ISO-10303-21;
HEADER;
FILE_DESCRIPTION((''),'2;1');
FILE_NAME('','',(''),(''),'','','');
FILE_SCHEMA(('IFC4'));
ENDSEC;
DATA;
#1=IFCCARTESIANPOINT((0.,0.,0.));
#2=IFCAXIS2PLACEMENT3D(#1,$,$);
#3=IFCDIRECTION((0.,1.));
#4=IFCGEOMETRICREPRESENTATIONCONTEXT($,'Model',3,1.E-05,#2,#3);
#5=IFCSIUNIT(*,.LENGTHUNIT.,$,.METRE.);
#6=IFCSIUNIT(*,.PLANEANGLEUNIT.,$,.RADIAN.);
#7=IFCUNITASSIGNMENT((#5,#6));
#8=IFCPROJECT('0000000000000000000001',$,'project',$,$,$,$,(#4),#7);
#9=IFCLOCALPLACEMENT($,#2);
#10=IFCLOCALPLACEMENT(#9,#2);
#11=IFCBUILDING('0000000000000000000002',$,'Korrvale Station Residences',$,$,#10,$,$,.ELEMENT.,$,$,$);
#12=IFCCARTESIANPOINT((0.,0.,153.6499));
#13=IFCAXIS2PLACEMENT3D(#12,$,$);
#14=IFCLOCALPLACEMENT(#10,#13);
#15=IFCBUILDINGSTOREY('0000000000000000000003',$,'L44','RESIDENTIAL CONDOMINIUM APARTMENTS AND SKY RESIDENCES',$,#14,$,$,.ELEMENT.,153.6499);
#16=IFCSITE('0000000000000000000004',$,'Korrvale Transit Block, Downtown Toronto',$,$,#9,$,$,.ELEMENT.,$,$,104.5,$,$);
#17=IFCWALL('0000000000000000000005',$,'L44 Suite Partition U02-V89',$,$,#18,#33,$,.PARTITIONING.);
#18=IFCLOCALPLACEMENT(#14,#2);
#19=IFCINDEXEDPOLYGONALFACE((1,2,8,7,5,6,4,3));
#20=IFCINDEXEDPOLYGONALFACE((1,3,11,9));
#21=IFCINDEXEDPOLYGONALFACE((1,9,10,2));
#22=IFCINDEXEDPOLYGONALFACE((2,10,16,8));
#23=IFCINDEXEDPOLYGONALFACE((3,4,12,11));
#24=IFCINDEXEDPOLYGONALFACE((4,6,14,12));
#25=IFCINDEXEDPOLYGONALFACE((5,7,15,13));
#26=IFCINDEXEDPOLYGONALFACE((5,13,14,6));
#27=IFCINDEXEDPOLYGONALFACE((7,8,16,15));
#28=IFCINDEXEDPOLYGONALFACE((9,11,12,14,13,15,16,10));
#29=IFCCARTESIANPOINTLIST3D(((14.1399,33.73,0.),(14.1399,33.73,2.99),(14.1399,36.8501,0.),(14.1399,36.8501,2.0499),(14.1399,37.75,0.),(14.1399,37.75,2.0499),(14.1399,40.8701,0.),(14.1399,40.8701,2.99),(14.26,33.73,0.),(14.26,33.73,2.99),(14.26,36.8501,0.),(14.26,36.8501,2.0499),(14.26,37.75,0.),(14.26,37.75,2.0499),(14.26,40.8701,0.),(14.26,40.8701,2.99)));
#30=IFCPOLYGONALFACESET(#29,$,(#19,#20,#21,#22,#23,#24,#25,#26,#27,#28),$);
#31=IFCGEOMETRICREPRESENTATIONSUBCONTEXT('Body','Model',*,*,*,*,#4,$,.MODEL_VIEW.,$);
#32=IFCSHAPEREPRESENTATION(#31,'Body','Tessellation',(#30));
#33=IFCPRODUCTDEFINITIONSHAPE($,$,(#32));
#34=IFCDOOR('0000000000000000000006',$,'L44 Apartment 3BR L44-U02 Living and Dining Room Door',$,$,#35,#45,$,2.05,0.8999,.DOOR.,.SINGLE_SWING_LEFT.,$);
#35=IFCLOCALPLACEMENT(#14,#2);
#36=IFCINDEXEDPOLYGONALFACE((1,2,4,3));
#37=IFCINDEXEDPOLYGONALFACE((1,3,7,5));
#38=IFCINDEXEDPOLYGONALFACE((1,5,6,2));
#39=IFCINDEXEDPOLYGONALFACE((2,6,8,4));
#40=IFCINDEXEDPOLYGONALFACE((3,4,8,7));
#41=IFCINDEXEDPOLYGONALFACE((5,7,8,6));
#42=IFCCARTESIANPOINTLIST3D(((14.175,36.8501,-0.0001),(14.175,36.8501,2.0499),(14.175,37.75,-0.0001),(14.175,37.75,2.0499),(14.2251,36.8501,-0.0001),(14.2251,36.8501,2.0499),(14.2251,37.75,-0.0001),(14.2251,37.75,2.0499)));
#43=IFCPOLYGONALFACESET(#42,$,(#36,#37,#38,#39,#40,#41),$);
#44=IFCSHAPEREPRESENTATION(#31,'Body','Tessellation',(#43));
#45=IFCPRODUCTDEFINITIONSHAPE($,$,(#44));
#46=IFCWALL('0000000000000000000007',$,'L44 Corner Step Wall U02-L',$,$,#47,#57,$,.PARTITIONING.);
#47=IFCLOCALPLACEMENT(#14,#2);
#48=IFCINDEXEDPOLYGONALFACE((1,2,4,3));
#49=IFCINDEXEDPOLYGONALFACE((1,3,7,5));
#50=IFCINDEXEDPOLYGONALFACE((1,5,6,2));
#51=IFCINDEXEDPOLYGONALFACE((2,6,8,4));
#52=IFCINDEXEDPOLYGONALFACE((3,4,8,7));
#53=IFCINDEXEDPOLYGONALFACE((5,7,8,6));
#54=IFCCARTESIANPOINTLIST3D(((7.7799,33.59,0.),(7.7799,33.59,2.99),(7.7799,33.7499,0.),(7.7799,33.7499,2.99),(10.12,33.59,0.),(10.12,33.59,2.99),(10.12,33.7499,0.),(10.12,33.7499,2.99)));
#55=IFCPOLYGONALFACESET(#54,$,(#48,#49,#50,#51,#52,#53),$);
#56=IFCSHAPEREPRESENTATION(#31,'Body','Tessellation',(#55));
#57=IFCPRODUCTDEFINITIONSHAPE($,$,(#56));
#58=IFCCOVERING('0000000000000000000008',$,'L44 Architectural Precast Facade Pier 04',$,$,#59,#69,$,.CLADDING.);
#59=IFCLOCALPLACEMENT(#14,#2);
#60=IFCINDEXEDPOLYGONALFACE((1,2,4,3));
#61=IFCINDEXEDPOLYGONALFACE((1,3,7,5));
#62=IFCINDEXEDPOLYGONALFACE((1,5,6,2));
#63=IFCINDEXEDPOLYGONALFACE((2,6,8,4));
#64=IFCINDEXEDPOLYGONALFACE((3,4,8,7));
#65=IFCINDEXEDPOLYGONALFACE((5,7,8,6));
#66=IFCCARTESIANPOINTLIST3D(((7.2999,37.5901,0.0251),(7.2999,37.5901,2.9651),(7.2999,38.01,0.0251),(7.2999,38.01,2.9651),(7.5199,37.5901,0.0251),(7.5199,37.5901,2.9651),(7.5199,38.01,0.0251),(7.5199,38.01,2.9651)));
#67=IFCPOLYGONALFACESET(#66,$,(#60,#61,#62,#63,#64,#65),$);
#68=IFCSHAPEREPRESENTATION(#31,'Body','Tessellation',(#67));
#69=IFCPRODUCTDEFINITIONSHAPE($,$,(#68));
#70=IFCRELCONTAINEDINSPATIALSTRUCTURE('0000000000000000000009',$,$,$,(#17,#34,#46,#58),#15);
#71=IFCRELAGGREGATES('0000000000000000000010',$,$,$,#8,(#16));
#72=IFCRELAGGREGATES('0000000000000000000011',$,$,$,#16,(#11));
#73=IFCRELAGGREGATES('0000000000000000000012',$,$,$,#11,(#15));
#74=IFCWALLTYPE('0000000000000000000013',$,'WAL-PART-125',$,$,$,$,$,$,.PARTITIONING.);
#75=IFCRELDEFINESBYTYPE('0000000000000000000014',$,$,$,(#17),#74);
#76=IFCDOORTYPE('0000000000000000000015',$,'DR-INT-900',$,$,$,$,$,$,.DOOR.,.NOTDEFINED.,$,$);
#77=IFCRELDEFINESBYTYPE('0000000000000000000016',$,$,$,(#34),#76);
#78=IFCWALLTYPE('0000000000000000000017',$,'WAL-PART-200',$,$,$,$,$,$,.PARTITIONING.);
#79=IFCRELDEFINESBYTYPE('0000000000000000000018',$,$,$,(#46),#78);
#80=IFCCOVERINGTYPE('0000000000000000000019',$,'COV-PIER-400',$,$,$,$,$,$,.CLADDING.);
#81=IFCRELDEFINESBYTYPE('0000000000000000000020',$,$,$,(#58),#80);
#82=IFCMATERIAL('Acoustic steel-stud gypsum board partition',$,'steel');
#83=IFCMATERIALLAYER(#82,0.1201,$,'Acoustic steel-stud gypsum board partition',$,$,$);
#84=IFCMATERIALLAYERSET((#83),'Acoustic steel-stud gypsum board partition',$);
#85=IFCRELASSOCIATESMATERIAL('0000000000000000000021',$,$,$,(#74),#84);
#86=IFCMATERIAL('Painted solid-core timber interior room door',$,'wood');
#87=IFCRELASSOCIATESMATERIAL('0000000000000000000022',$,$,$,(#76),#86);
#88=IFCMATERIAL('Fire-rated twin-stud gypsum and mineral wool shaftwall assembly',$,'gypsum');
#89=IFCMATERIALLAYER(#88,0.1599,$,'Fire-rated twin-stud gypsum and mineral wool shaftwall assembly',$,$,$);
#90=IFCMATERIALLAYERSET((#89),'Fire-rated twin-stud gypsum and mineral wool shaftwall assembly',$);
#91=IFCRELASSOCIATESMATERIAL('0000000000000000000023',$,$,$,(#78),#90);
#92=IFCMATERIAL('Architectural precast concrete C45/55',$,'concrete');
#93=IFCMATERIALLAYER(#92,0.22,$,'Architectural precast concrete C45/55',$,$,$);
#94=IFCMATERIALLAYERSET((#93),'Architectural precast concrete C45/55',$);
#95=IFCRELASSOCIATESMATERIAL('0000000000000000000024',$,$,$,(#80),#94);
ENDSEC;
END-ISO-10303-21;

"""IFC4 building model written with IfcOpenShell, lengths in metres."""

from ifc_helpers import new_model, si_unit, direction, frame, frame_2d, origin, origin_2d, place, context, subcontext, project, spatial, rectangle, extrude, material, layer, layer_set, type_object, element, fill, save


model = new_model("IFC4")

# Units and contexts
model_context = context("Model", 3, precision=1e-05, world=origin(), true_north=direction((0.0, 1.0)))
body_context = subcontext(model_context, "Body", "Model", "MODEL_VIEW")
ifc_project = project(units=[si_unit("LENGTHUNIT", "METRE"), si_unit("PLANEANGLEUNIT", "RADIAN")], contexts=[model_context])

# Site, building, storey
site_placement = place(None, origin())
site = spatial("IfcSite", under=ifc_project, at=site_placement, Name="Korrvale Transit Block, Downtown Toronto", CompositionType="ELEMENT", RefElevation=104.5)
building_placement = place(site_placement, origin())
building = spatial("IfcBuilding", under=site, at=building_placement, Name="Korrvale Station Residences", CompositionType="ELEMENT")
storey_placement = place(building_placement, frame((0.0, 0.0, 153.6499)))
storey = spatial("IfcBuildingStorey", under=building, at=storey_placement, Name="L44", Description="RESIDENTIAL CONDOMINIUM APARTMENTS AND SKY RESIDENCES", CompositionType="ELEMENT", Elevation=153.6499)

# Shared definitions
ifc_material_1 = material(Name="Acoustic steel-stud gypsum board partition", Category="steel")
ifc_layer_1 = layer(ifc_material_1, 0.1201, Name="Acoustic steel-stud gypsum board partition")
ifc_layer_set_1 = layer_set([ifc_layer_1], Name="Acoustic steel-stud gypsum board partition")
wall_type_1 = type_object("IfcWallType", Name="WAL-PART-125", PredefinedType="PARTITIONING", material=ifc_layer_set_1)

# Wall, opening, door
ifc_material_2 = material(Name="Painted solid-core timber interior room door", Category="wood")
door_type_1 = type_object("IfcDoorType", Name="DR-INT-900", OperationType="NOTDEFINED", PredefinedType="DOOR", material=ifc_material_2)
wall_1_placement = place(storey_placement, frame((14.2, 33.73, 0.0), z_axis=(0.0, 0.0, 1.0), x_axis=(0.0, 1.0, 0.0)))
wall_1 = element("IfcWall", 1, at=wall_1_placement, inside=storey, type_object=wall_type_1, Name="L44 Suite Partition U02-V89", PredefinedType="PARTITIONING", context=body_context, shape_type="SweptSolid", body=[
    extrude(rectangle(XDim=7.1401, YDim=0.1201, at=frame_2d((3.5701, 0.0))), origin(), (0.0, 0.0, 1.0), 2.99),
])
opening_1_placement = place(wall_1_placement, frame((3.1201, 0.0, 0.0)))
opening_1 = element("IfcOpeningElement", 2, at=opening_1_placement, cuts=wall_1, PredefinedType="OPENING", context=body_context, shape_type="SweptSolid", body=[
    extrude(rectangle(XDim=0.8999, YDim=2.05, at=frame_2d((0.45, 1.0249))), frame((0.0, 0.0701, 0.0), z_axis=(0.0, -1.0, 0.0), x_axis=(1.0, 0.0, 0.0)), (0.0, 0.0, 1.0), 0.1401),
])
door_1_placement = place(opening_1_placement, origin())
door_1 = element("IfcDoor", 3, at=door_1_placement, inside=storey, type_object=door_type_1, Name="L44 Apartment 3BR L44-U02 Living and Dining Room Door", OperationType="SINGLE_SWING_LEFT", OverallHeight=2.05, OverallWidth=0.8999, PredefinedType="DOOR", context=body_context, shape_type="SweptSolid", body=[
    extrude(rectangle(XDim=0.8999, YDim=2.05, at=frame_2d((0.45, 1.0249))), frame((0.0, 0.0249, 0.0), z_axis=(0.0, -1.0, 0.0), x_axis=(1.0, 0.0, 0.0)), (0.0, 0.0, 1.0), 0.05),
])
fill(opening_1, door_1)

# Wall
ifc_material_3 = material(Name="Fire-rated twin-stud gypsum and mineral wool shaftwall assembly", Category="gypsum")
ifc_layer_2 = layer(ifc_material_3, 0.1599, Name="Fire-rated twin-stud gypsum and mineral wool shaftwall assembly")
ifc_layer_set_2 = layer_set([ifc_layer_2], Name="Fire-rated twin-stud gypsum and mineral wool shaftwall assembly")
wall_type_2 = type_object("IfcWallType", Name="WAL-PART-200", PredefinedType="PARTITIONING", material=ifc_layer_set_2)
wall_2_placement = place(storey_placement, frame((7.78, 33.6699, 0.0), z_axis=(0.0, 0.0, 1.0), x_axis=(1.0, 0.0, 0.0)))
element("IfcWall", 4, at=wall_2_placement, inside=storey, type_object=wall_type_2, Name="L44 Corner Step Wall U02-L", PredefinedType="PARTITIONING", context=body_context, shape_type="SweptSolid", body=[
    extrude(rectangle(XDim=2.3401, YDim=0.1599, at=frame_2d((1.1699, 0.0))), origin(), (0.0, 0.0, 1.0), 2.99),
])

# Covering
ifc_material_4 = material(Name="Architectural precast concrete C45/55", Category="concrete")
ifc_layer_3 = layer(ifc_material_4, 0.22, Name="Architectural precast concrete C45/55")
ifc_layer_set_3 = layer_set([ifc_layer_3], Name="Architectural precast concrete C45/55")
covering_type = type_object("IfcCoveringType", Name="COV-PIER-400", PredefinedType="CLADDING", material=ifc_layer_set_3)
covering_placement = place(storey_placement, frame((7.4099, 37.8, 0.0251), z_axis=(0.0, 0.0, 1.0), x_axis=(0.0, 1.0, 0.0)))
element("IfcCovering", 5, at=covering_placement, inside=storey, type_object=covering_type, Name="L44 Architectural Precast Facade Pier 04", PredefinedType="CLADDING", context=body_context, shape_type="SweptSolid", body=[
    extrude(rectangle(XDim=0.4199, YDim=0.22, at=origin_2d()), origin(), (0.0, 0.0, 1.0), 2.9399),
])

save(model, "model.ifc")
